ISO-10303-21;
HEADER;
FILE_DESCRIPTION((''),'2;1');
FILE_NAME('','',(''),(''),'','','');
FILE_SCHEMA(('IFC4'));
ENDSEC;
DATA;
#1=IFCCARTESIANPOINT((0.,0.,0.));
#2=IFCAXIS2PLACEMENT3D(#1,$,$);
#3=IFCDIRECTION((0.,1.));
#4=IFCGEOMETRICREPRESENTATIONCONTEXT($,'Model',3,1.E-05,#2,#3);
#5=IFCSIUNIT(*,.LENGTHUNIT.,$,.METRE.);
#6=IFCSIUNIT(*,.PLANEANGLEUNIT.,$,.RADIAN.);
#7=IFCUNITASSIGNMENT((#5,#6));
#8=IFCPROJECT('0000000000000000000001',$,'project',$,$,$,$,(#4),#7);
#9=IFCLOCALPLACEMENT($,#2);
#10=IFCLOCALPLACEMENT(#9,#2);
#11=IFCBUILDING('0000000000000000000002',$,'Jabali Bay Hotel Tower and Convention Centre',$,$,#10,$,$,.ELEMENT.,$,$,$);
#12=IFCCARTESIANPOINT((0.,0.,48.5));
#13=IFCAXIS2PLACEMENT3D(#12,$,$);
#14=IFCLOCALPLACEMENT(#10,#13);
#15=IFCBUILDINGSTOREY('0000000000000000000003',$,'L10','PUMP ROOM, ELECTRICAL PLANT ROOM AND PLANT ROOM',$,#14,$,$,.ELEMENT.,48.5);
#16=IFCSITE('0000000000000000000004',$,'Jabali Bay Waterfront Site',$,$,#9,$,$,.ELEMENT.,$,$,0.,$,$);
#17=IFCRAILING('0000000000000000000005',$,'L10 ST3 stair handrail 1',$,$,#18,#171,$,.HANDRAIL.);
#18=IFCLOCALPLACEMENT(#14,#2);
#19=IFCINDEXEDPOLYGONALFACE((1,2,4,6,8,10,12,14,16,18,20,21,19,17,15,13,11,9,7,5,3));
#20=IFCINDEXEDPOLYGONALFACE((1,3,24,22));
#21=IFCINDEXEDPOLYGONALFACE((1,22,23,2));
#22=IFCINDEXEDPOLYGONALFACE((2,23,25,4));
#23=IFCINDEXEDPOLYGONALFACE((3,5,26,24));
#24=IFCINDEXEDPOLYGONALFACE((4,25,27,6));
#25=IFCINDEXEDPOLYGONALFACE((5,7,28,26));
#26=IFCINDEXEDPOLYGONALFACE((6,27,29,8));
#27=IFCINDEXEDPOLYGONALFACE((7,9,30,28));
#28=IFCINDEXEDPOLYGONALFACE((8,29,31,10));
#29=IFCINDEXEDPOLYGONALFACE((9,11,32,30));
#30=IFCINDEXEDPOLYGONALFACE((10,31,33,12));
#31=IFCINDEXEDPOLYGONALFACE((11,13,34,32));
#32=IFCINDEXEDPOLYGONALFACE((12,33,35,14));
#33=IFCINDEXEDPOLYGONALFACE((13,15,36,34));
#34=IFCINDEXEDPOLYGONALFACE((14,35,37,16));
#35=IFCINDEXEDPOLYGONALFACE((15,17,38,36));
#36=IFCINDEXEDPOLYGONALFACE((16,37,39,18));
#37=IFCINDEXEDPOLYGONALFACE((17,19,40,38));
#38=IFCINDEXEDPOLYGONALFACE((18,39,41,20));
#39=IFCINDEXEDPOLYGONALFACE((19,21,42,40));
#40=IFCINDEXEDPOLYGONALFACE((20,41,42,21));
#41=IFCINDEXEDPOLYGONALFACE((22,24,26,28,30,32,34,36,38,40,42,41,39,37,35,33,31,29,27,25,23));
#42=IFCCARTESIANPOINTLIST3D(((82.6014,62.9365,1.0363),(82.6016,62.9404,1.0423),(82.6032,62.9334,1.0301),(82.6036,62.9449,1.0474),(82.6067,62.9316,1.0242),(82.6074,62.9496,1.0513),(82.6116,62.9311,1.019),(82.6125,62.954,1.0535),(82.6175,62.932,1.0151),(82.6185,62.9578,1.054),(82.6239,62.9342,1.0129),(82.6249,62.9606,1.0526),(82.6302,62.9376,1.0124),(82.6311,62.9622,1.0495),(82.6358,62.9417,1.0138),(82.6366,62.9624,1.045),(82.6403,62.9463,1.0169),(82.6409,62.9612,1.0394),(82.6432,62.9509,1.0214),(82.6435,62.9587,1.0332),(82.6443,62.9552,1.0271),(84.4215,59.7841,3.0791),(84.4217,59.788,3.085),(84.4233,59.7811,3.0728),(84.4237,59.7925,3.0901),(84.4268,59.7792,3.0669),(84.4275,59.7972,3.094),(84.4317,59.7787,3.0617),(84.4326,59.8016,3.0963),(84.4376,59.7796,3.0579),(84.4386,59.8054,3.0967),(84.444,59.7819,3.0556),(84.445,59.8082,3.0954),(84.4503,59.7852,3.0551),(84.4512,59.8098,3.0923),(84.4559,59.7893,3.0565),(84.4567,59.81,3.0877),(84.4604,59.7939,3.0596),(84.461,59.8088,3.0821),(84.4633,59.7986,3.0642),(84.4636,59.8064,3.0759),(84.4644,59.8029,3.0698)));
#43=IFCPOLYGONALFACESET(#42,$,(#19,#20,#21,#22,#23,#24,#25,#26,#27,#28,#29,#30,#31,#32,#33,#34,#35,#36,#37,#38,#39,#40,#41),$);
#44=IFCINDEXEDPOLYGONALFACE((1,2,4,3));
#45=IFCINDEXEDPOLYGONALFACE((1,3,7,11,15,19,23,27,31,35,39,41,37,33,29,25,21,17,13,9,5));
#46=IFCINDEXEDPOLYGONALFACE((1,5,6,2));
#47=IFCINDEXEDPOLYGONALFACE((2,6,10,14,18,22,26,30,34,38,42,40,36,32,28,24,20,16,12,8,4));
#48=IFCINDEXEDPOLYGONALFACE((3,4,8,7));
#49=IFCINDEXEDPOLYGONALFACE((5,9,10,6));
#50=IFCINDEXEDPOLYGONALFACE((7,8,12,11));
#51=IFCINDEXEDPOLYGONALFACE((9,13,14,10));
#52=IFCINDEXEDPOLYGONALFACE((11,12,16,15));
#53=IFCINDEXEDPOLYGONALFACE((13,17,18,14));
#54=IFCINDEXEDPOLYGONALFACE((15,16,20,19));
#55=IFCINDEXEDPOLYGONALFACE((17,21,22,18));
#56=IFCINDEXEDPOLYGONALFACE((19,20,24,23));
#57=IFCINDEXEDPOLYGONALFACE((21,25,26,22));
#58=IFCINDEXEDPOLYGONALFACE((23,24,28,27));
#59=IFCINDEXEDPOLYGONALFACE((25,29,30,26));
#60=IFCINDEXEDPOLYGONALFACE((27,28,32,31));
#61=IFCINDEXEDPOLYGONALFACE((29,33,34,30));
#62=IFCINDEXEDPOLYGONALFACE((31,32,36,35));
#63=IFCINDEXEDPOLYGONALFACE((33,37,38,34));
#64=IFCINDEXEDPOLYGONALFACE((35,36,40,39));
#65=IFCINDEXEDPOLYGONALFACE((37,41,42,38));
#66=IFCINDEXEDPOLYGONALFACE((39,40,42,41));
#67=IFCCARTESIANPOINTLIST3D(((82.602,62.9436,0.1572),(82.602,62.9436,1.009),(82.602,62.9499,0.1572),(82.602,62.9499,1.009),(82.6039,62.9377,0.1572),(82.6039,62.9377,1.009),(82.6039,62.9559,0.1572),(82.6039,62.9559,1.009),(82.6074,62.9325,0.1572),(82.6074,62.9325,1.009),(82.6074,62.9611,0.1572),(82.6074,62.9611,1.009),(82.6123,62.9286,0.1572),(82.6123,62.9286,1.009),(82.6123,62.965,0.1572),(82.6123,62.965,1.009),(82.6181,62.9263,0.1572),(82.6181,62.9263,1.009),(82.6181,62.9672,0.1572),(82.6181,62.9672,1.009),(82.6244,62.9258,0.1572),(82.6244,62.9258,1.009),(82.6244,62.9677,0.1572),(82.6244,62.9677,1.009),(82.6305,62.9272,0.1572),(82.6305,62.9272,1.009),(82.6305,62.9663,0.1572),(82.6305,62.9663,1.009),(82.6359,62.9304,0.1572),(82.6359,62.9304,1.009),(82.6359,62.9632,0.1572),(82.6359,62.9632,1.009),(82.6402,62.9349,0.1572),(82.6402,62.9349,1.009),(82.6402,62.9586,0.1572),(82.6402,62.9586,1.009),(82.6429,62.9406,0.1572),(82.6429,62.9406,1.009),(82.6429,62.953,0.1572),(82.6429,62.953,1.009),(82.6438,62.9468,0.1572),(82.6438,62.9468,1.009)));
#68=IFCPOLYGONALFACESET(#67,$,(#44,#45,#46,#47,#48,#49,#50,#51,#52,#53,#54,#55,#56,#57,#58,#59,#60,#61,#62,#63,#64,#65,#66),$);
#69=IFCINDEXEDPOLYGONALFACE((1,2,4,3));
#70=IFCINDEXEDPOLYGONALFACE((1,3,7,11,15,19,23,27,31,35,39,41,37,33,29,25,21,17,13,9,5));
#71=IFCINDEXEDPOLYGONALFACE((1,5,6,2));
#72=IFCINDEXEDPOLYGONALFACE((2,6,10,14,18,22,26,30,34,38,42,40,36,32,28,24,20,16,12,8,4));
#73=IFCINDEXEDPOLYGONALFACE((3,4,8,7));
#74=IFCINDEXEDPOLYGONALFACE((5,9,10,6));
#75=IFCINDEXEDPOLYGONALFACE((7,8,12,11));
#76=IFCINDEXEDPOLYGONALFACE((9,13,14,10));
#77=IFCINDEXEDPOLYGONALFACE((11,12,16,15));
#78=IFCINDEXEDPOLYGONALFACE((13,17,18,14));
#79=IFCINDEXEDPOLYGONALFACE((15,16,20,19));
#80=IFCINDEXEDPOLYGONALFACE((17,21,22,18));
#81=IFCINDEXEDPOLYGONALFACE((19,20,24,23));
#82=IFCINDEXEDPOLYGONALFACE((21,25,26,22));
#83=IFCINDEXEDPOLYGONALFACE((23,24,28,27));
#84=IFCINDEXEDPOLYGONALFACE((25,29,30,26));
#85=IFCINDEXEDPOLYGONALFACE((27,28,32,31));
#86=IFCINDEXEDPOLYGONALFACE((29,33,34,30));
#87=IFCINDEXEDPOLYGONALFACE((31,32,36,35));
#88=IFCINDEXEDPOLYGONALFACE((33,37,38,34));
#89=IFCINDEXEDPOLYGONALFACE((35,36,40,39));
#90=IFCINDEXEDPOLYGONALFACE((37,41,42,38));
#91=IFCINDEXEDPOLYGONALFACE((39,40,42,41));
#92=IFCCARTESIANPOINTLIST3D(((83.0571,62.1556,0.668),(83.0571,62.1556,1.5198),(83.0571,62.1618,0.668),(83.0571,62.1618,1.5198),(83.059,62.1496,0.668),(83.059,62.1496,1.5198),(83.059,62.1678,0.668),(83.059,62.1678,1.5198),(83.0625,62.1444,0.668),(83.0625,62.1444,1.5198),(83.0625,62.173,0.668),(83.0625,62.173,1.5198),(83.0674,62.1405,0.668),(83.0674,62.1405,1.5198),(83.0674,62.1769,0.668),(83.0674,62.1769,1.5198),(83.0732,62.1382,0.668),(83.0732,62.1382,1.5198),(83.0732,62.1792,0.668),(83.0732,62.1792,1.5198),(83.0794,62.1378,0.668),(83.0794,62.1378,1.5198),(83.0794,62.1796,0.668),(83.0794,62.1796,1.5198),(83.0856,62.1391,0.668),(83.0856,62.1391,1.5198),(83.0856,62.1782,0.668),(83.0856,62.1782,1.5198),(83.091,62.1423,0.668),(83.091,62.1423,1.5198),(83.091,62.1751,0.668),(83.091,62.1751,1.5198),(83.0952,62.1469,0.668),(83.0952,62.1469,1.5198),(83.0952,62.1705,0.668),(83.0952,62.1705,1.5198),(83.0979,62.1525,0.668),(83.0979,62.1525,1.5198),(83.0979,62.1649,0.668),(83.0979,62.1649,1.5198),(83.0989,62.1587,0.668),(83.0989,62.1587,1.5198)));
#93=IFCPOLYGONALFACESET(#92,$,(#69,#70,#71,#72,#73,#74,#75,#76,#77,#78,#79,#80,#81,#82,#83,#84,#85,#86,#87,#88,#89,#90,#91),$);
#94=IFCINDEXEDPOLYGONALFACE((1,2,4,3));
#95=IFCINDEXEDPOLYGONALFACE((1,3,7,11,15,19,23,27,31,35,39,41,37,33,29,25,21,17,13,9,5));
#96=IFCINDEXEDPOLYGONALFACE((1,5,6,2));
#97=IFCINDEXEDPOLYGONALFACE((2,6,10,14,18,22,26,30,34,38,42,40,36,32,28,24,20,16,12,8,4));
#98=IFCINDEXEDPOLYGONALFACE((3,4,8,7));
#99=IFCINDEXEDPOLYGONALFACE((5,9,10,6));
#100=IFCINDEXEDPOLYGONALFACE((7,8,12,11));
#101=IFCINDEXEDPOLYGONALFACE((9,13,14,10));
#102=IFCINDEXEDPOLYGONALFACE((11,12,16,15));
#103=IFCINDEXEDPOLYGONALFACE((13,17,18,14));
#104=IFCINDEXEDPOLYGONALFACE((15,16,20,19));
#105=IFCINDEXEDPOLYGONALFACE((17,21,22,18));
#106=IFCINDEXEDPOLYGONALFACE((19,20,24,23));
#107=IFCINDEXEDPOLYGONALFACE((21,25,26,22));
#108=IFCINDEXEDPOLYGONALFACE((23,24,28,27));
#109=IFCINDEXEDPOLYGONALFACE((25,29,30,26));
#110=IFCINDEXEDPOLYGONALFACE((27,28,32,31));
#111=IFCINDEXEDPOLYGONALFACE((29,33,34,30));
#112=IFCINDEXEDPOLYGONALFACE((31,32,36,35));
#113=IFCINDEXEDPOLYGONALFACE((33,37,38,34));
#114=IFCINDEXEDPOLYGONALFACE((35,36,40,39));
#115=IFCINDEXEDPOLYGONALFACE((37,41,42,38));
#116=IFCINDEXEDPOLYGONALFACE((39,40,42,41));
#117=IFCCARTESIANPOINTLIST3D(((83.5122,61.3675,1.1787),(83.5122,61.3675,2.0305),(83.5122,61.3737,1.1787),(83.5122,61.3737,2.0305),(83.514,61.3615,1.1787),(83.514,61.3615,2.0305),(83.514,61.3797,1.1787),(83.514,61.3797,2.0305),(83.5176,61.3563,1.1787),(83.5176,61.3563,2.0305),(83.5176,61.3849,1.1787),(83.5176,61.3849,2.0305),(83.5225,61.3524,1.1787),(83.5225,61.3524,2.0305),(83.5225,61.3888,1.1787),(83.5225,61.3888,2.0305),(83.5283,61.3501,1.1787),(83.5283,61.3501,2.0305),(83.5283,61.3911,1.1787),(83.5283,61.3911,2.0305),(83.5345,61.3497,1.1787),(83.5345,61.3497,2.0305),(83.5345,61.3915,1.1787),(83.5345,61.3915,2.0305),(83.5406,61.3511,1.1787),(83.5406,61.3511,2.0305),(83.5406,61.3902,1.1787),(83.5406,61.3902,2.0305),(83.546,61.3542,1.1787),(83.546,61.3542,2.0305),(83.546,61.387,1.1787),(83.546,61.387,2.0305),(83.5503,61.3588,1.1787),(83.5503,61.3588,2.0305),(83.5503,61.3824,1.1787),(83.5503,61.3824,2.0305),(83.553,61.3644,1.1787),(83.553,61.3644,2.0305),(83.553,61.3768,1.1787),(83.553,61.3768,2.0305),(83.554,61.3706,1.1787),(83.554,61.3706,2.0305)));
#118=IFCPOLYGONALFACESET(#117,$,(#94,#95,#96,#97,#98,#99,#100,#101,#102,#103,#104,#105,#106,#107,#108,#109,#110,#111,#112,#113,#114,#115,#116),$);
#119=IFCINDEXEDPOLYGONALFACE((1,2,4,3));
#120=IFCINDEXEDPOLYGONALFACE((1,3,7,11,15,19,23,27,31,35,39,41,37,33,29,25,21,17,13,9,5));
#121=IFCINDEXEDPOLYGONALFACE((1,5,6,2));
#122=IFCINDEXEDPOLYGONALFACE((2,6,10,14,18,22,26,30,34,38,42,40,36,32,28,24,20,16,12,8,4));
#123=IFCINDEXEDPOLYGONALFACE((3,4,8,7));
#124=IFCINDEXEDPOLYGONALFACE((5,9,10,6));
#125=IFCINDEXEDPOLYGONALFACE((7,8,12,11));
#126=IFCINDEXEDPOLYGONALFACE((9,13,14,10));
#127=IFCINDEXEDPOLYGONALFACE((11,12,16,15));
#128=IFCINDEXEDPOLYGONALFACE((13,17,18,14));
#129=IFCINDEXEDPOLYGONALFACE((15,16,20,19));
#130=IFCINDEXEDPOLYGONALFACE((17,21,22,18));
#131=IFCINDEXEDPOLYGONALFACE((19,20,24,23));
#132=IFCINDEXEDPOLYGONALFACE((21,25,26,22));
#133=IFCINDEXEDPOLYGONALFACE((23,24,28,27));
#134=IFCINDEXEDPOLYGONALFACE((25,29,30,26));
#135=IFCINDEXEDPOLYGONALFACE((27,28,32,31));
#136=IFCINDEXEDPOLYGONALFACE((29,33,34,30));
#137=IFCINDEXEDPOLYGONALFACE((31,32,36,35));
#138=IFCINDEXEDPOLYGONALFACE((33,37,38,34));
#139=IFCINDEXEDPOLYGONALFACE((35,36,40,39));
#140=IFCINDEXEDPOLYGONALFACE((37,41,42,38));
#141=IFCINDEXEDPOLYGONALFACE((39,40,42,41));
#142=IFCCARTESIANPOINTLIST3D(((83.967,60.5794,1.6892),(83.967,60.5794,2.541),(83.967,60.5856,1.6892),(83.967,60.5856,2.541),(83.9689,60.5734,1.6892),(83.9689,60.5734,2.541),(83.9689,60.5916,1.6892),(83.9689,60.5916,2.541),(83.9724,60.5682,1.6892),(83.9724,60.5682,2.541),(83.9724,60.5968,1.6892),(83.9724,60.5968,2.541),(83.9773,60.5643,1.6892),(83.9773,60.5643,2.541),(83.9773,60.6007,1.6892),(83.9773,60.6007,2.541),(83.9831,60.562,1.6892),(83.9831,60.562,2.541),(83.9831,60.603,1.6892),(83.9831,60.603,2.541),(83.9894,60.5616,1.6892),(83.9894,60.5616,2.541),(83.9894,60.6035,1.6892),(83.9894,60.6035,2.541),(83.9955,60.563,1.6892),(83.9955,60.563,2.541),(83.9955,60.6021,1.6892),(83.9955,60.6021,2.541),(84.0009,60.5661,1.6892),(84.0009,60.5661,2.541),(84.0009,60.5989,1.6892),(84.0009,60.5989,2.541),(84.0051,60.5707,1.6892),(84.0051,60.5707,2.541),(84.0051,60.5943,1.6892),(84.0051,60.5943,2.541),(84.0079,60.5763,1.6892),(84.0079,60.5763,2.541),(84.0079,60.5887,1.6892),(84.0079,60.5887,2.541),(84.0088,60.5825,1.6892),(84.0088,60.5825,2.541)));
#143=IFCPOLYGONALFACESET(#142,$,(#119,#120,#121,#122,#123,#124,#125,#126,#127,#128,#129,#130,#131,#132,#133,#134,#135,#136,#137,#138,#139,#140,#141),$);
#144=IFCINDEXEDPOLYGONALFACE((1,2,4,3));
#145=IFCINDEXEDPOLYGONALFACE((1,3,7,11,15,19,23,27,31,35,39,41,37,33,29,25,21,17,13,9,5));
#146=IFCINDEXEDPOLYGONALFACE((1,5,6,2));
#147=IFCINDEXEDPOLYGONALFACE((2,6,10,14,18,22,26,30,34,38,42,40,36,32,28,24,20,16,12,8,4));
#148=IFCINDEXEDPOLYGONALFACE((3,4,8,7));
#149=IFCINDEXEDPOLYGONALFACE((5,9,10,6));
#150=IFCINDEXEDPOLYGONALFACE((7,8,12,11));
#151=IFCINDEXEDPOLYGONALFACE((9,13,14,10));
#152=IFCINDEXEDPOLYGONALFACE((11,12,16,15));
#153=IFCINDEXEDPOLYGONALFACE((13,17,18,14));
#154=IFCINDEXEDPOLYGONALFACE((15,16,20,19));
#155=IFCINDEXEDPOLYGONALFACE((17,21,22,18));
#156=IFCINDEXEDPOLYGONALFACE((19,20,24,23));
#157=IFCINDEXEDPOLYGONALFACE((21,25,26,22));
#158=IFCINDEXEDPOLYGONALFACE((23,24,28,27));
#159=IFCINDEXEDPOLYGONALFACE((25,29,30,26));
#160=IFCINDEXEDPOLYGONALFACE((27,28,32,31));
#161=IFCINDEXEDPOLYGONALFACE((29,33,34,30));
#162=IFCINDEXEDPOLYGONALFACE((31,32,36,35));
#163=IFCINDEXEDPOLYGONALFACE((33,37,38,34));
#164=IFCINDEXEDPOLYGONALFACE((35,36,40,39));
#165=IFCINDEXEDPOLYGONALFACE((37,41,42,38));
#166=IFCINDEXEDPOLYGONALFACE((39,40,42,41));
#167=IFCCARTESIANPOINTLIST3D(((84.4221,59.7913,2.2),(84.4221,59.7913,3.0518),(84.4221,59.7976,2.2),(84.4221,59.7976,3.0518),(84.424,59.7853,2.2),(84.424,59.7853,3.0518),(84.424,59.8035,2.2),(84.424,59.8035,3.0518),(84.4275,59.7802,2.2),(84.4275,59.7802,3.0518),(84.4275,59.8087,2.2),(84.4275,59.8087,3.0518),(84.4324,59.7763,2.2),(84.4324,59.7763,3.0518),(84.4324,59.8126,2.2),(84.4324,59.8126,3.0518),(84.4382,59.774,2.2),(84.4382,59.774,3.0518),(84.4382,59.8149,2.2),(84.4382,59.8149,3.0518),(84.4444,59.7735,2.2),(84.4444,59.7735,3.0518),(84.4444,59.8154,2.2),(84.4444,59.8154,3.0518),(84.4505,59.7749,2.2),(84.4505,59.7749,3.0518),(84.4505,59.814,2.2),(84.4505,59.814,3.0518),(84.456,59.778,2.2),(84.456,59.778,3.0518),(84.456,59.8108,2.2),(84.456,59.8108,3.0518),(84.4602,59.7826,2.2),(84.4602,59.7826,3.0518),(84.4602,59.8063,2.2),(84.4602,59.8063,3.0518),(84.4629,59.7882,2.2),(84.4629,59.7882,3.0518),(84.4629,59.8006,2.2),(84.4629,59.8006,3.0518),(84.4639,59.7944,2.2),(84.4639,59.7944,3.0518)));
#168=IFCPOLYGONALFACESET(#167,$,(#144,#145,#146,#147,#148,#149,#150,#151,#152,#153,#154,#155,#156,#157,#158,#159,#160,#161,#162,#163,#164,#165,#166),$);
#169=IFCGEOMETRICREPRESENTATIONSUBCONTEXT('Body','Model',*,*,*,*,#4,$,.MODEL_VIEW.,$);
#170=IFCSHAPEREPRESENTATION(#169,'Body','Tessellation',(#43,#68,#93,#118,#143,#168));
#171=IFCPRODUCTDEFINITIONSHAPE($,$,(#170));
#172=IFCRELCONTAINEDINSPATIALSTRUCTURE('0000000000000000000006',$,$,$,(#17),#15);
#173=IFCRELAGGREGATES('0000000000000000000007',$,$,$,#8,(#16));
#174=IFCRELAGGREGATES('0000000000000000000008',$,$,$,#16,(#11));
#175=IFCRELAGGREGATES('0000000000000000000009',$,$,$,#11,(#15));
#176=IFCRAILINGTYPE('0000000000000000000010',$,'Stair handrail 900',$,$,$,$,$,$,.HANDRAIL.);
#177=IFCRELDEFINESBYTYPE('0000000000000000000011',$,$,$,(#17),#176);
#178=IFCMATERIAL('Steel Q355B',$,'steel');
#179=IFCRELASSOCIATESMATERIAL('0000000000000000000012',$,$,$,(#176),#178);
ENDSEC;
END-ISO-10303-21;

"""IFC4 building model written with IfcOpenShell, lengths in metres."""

from ifc_helpers import new_model, si_unit, direction, frame, origin, origin_2d, place, context, subcontext, project, spatial, circle, extrude, material, type_object, element, save


model = new_model("IFC4")

# Units and contexts
model_context = context("Model", 3, precision=1e-05, world=origin(), true_north=direction((0.0, 1.0)))
body_context = subcontext(model_context, "Body", "Model", "MODEL_VIEW")
ifc_project = project(units=[si_unit("LENGTHUNIT", "METRE"), si_unit("PLANEANGLEUNIT", "RADIAN")], contexts=[model_context])

# Site, building, storey
site_placement = place(None, origin())
site = spatial("IfcSite", under=ifc_project, at=site_placement, Name="Jabali Bay Waterfront Site", CompositionType="ELEMENT", RefElevation=0.0)
building_placement = place(site_placement, origin())
building = spatial("IfcBuilding", under=site, at=building_placement, Name="Jabali Bay Hotel Tower and Convention Centre", CompositionType="ELEMENT")
storey_placement = place(building_placement, frame((0.0, 0.0, 48.5)))
storey = spatial("IfcBuildingStorey", under=building, at=storey_placement, Name="L10", Description="PUMP ROOM, ELECTRICAL PLANT ROOM AND PLANT ROOM", CompositionType="ELEMENT", Elevation=48.5)

# Railing
ifc_material_1 = material(Name="Steel Q355B", Category="steel")
railing_type_1 = type_object("IfcRailingType", Name="Stair handrail 900", PredefinedType="HANDRAIL", material=ifc_material_1)
railing_1_placement = place(storey_placement, frame((82.6228, 62.9468, 0.1572)))
element("IfcRailing", 1, at=railing_1_placement, inside=storey, type_object=railing_type_1, Name="L10 ST3 stair handrail 1", PredefinedType="HANDRAIL", context=body_context, shape_type="SweptSolid", body=[
    extrude(circle(Radius=0.0239, at=origin_2d()), frame((0.0, 0.0, 0.876), z_axis=(0.436044, -0.755225, 0.489387), x_axis=(0.866018, 0.500013, 0.0)), (0.0, 0.0, 1.0), 4.1741),
    extrude(circle(Radius=0.021, at=origin_2d()), origin(), (0.0, 0.0, 1.0), 0.8518),
    extrude(circle(Radius=0.021, at=origin_2d()), frame((0.4551, -0.7881, 0.5107)), (0.0, 0.0, 1.0), 0.8518),
    extrude(circle(Radius=0.021, at=origin_2d()), frame((0.9102, -1.5762, 1.0215)), (0.0, 0.0, 1.0), 0.8518),
    extrude(circle(Radius=0.021, at=origin_2d()), frame((1.365, -2.3643, 1.532)), (0.0, 0.0, 1.0), 0.8518),
    extrude(circle(Radius=0.021, at=origin_2d()), frame((1.8201, -3.1523, 2.0427)), (0.0, 0.0, 1.0), 0.8518),
])

save(model, "model.ifc")
